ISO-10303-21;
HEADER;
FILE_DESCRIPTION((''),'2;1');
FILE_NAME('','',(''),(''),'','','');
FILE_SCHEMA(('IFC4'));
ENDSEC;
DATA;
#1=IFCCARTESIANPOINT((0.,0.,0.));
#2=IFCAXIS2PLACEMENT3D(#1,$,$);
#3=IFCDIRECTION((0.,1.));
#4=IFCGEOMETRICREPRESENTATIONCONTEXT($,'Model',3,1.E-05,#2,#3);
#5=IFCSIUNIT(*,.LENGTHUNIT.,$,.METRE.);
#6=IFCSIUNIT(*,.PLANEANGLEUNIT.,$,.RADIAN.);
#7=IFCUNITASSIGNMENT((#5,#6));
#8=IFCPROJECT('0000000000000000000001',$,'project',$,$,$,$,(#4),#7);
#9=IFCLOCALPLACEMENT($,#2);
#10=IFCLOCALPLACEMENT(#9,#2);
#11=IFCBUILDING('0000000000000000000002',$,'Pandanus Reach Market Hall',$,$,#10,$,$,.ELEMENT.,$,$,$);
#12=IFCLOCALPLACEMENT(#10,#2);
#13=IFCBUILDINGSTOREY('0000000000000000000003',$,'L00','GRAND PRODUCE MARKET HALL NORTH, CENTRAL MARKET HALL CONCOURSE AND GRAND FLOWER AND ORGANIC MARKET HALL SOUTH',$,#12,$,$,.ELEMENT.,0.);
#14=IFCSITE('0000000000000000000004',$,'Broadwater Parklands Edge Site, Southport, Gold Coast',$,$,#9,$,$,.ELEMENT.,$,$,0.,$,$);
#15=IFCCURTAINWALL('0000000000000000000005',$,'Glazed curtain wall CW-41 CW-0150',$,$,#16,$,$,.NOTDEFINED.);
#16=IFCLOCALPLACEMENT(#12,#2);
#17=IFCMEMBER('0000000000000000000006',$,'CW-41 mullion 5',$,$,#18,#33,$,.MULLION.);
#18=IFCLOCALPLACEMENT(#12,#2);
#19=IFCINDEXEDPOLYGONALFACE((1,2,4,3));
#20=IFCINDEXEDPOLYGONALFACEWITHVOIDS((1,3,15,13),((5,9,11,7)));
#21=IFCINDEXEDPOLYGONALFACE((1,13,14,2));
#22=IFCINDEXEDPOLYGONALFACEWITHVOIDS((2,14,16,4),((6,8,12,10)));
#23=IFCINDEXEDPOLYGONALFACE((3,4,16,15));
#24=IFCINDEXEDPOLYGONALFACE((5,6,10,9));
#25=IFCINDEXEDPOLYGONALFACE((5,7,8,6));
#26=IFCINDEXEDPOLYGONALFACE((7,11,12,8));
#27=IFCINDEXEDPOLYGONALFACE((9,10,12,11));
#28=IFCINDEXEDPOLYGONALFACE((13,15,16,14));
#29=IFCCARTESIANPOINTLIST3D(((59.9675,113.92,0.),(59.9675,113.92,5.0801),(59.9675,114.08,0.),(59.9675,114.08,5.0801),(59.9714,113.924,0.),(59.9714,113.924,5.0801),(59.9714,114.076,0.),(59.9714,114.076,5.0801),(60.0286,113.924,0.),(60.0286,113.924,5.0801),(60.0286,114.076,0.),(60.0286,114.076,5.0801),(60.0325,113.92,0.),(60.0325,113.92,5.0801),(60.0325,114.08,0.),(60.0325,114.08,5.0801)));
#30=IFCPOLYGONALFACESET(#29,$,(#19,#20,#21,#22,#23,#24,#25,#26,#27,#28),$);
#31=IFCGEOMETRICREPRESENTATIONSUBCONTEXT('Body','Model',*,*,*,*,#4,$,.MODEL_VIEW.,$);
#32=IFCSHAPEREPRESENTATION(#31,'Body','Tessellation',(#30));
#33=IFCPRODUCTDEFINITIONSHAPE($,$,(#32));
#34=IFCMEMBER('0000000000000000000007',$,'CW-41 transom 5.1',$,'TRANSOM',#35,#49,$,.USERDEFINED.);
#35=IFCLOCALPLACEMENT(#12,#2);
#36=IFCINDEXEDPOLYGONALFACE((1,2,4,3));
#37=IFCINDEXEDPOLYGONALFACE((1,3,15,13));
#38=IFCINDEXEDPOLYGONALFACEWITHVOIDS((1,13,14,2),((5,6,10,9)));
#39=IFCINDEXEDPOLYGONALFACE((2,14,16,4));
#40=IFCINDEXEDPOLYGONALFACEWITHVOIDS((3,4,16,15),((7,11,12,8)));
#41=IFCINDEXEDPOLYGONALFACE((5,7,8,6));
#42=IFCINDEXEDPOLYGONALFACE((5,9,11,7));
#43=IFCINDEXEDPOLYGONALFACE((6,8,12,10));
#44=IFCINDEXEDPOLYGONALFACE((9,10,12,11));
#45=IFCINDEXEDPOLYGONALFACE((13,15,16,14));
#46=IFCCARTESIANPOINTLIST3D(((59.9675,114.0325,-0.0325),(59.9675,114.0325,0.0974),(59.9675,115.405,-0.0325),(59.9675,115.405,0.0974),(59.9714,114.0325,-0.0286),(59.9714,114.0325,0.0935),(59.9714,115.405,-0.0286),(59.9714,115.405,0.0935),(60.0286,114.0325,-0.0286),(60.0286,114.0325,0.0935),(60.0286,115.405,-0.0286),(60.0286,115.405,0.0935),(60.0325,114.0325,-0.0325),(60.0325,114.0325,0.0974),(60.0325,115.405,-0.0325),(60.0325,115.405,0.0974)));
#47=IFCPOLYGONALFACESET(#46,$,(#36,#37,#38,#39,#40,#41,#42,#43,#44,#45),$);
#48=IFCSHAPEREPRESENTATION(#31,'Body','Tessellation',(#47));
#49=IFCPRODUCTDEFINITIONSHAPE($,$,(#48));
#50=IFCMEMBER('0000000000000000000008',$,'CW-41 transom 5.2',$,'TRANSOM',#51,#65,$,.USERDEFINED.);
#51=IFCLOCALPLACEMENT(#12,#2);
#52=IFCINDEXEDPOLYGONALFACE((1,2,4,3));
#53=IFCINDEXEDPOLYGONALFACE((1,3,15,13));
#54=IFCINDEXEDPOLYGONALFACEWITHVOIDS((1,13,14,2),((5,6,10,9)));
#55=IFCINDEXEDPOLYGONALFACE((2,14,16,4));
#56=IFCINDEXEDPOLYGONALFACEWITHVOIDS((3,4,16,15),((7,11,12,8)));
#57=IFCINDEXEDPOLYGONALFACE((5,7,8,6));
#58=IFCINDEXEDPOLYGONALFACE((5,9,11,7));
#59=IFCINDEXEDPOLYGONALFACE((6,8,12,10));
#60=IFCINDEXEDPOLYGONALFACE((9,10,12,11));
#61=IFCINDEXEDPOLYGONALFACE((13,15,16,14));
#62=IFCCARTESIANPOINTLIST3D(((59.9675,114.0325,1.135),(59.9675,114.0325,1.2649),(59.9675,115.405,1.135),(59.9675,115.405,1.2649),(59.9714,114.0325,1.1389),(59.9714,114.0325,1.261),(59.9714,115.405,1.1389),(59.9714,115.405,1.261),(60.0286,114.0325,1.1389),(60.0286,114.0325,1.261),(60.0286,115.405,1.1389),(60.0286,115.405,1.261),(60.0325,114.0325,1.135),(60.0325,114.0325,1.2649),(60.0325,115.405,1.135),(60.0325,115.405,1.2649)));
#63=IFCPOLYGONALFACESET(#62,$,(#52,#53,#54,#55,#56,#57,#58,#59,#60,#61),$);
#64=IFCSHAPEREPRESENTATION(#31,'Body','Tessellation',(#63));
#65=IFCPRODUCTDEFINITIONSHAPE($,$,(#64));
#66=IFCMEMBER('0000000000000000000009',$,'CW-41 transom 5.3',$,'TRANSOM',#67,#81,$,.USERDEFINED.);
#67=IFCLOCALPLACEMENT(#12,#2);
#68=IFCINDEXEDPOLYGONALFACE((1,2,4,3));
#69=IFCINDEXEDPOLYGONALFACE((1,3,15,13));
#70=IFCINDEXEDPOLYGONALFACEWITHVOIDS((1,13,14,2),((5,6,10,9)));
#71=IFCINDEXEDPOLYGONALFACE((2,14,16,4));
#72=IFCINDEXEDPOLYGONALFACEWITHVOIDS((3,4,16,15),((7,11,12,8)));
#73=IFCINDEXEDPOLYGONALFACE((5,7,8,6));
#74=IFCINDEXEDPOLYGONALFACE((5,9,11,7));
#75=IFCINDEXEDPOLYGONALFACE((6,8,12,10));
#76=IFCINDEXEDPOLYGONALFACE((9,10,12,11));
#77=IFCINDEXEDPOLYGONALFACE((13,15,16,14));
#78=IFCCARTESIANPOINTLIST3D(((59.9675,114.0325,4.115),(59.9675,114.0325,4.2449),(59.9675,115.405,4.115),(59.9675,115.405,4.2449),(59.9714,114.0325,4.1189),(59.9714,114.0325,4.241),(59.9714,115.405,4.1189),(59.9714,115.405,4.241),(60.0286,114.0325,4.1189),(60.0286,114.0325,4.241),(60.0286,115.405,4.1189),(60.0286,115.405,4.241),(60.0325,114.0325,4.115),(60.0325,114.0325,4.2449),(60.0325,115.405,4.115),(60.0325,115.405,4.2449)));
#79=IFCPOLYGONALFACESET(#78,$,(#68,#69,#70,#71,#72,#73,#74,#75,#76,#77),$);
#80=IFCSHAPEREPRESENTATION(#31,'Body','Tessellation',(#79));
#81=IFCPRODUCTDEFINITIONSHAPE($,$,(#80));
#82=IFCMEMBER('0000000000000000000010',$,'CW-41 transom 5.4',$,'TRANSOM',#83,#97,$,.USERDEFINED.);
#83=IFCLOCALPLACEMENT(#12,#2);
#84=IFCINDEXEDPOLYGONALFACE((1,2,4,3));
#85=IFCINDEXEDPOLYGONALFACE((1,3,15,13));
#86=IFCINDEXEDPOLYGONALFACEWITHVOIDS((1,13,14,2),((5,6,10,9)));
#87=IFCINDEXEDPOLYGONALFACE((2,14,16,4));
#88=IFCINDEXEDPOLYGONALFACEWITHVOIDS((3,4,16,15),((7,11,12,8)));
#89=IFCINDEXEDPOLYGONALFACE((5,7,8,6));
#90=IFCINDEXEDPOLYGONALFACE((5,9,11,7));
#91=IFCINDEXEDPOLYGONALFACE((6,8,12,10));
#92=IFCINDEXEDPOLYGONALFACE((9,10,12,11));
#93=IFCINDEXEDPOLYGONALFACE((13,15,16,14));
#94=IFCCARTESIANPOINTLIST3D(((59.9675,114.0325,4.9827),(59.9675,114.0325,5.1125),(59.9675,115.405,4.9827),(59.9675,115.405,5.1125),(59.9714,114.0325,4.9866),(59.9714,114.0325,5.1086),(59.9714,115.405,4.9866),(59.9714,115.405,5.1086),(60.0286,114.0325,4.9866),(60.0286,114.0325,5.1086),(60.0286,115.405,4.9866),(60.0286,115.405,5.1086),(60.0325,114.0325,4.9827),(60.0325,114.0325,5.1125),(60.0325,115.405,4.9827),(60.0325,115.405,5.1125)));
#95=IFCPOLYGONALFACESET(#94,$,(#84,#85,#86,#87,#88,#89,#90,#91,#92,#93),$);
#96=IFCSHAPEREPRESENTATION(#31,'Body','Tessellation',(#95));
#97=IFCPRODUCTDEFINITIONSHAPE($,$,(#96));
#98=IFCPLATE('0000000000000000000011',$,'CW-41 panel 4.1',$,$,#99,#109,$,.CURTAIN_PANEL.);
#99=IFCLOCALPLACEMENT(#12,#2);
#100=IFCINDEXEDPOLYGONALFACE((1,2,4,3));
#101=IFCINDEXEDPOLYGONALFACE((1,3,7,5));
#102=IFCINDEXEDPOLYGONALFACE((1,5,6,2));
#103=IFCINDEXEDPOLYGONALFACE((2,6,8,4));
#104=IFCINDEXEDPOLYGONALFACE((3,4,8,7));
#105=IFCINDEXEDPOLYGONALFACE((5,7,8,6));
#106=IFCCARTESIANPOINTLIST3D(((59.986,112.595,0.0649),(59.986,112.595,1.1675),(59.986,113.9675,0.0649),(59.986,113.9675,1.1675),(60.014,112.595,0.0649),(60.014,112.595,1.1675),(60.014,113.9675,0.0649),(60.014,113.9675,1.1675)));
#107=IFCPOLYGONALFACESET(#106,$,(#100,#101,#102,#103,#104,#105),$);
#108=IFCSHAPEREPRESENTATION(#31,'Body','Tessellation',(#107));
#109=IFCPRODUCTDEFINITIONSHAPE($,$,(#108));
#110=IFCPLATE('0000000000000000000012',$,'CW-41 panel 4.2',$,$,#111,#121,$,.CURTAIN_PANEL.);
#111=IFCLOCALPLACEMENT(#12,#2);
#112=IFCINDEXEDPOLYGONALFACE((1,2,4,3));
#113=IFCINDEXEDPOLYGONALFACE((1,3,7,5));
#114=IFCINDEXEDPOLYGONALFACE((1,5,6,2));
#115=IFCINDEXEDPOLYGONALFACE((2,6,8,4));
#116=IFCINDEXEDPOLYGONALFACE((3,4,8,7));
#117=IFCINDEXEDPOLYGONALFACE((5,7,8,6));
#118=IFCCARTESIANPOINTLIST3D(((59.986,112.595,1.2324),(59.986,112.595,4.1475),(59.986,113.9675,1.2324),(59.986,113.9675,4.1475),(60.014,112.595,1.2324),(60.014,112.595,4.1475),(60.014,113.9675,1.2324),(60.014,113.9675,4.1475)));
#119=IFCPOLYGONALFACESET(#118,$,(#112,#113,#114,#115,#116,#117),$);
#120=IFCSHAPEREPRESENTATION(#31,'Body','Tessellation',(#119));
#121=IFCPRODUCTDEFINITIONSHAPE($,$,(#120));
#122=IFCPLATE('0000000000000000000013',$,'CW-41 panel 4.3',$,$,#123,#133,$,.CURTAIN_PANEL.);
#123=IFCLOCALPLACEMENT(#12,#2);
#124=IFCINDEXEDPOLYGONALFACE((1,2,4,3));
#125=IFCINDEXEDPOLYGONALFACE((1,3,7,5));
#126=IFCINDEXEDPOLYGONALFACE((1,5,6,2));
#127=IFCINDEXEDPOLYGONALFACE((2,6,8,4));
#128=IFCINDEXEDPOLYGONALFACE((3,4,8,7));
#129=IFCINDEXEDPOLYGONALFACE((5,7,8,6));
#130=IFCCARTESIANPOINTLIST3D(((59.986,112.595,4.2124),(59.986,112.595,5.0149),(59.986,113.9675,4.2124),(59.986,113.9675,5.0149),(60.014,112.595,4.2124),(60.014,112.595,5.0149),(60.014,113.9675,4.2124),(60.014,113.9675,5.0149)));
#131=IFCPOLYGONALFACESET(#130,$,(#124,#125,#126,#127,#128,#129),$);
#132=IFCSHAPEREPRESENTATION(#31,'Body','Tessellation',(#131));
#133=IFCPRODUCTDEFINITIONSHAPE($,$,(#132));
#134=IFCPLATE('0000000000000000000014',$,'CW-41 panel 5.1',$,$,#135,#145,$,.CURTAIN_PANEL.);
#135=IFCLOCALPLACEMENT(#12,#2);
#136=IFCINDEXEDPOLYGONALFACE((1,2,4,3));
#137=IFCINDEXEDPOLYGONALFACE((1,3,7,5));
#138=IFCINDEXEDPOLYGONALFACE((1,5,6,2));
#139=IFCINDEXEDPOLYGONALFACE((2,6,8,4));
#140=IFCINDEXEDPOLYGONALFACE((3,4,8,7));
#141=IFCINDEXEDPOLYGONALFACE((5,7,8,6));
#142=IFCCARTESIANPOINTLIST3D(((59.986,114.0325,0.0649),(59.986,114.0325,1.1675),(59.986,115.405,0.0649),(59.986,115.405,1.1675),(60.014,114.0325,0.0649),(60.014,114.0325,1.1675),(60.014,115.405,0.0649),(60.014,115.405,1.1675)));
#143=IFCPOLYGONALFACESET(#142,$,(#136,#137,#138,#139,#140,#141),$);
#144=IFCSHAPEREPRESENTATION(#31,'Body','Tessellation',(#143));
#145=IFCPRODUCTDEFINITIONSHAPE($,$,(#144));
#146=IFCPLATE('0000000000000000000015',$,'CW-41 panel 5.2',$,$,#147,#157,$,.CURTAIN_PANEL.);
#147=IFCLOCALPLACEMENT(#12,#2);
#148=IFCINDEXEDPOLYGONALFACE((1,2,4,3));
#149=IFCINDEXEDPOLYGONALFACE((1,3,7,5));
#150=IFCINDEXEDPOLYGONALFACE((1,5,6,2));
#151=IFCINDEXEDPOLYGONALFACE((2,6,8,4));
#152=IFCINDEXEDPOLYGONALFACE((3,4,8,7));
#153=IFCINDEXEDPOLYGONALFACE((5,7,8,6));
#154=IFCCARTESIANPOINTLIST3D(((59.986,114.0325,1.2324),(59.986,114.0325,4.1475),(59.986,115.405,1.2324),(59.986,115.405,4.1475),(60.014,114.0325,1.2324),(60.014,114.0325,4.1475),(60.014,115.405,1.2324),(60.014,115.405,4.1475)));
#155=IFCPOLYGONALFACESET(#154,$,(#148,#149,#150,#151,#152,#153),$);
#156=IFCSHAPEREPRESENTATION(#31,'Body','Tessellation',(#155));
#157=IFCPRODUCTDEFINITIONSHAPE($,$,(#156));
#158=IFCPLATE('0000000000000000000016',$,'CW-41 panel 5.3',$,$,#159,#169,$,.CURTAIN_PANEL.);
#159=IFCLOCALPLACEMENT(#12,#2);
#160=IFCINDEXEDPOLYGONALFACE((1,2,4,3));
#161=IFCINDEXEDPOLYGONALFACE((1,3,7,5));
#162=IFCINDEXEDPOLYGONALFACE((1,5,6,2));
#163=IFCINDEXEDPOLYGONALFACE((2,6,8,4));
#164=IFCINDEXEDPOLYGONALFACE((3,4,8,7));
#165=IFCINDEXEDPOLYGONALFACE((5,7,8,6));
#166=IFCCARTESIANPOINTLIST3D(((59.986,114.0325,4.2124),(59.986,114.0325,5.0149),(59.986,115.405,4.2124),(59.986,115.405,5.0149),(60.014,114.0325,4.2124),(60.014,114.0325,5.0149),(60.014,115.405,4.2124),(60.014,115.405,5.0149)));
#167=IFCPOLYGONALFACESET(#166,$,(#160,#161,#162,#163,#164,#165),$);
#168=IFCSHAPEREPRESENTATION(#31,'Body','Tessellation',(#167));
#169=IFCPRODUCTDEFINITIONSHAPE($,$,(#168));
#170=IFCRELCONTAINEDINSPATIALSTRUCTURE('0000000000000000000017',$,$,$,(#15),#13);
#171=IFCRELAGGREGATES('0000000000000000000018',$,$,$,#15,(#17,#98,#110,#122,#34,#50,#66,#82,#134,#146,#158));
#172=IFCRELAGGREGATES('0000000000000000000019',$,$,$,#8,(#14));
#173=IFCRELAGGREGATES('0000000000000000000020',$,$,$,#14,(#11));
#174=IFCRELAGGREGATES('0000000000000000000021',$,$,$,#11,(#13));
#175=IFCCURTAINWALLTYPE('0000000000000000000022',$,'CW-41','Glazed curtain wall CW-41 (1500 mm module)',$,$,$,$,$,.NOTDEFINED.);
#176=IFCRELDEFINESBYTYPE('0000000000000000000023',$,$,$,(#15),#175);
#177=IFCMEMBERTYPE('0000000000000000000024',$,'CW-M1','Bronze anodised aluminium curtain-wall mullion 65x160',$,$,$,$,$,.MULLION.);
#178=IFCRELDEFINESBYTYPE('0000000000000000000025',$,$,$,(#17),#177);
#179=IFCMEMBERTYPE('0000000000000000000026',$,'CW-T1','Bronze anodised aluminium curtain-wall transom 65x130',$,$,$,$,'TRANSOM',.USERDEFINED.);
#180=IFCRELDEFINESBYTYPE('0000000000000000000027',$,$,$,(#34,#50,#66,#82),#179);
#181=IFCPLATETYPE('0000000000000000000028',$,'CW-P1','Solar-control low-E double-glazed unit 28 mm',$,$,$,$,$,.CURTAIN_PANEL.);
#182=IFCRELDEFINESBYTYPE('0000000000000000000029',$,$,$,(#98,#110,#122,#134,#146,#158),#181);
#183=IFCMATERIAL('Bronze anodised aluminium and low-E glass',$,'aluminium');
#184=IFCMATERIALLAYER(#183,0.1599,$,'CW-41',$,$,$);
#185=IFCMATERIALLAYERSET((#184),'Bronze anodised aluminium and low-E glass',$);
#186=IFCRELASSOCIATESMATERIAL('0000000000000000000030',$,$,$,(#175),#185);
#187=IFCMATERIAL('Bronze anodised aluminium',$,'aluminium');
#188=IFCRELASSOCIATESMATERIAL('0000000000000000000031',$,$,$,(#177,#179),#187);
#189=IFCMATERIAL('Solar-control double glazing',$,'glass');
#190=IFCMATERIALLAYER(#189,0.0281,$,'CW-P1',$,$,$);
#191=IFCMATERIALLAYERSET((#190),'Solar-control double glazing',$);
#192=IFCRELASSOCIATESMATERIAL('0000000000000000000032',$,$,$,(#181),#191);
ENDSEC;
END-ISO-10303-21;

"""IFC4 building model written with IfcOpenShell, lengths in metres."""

from ifc_helpers import new_model, si_unit, direction, frame, origin, origin_2d, place, context, subcontext, project, spatial, rectangle, hollow_rectangle, extrude, material, layer, layer_set, material_profile, profile_set, type_object, element, aggregate, save


model = new_model("IFC4")

# Units and contexts
model_context = context("Model", 3, precision=1e-05, world=origin(), true_north=direction((0.0, 1.0)))
body_context = subcontext(model_context, "Body", "Model", "MODEL_VIEW")
ifc_project = project(units=[si_unit("LENGTHUNIT", "METRE"), si_unit("PLANEANGLEUNIT", "RADIAN")], contexts=[model_context])

# Site, building, storey
site_placement = place(None, origin())
site = spatial("IfcSite", under=ifc_project, at=site_placement, Name="Broadwater Parklands Edge Site, Southport, Gold Coast", CompositionType="ELEMENT", RefElevation=0.0)
building_placement = place(site_placement, origin())
building = spatial("IfcBuilding", under=site, at=building_placement, Name="Pandanus Reach Market Hall", CompositionType="ELEMENT")
storey_placement = place(building_placement, origin())
storey = spatial("IfcBuildingStorey", under=building, at=storey_placement, Name="L00", Description="GRAND PRODUCE MARKET HALL NORTH, CENTRAL MARKET HALL CONCOURSE AND GRAND FLOWER AND ORGANIC MARKET HALL SOUTH", CompositionType="ELEMENT", Elevation=0.0)

# Curtain wall, members, plates
ifc_material_1 = material(Name="Bronze anodised aluminium and low-E glass", Category="aluminium")
ifc_layer_1 = layer(ifc_material_1, 0.1599, Name="CW-41")
ifc_layer_set_1 = layer_set([ifc_layer_1], Name="Bronze anodised aluminium and low-E glass")
curtain_wall_type = type_object("IfcCurtainWallType", Name="CW-41", Description="Glazed curtain wall CW-41 (1500 mm module)", PredefinedType="NOTDEFINED", material=ifc_layer_set_1)
curtain_wall_placement = place(storey_placement, origin())
curtain_wall = element("IfcCurtainWall", 1, at=curtain_wall_placement, inside=storey, type_object=curtain_wall_type, Name="Glazed curtain wall CW-41 CW-0150", PredefinedType="NOTDEFINED")
ifc_material_2 = material(Name="Bronze anodised aluminium", Category="aluminium")
ifc_material_profile_1 = material_profile(ifc_material_2, hollow_rectangle(XDim=0.0649, YDim=0.1599, WallThickness=0.0039, at=origin_2d()), Name="ALU65x160", Category="LoadBearing")
ifc_profile_set_1 = profile_set([ifc_material_profile_1], Name="Bronze anodised aluminium")
member_type_1 = type_object("IfcMemberType", Name="CW-M1", Description="Bronze anodised aluminium curtain-wall mullion 65x160", PredefinedType="MULLION", material=ifc_profile_set_1)
member_1_placement = place(storey_placement, frame((60.0, 114.0, 0.0), z_axis=(0.0, 0.0, 1.0), x_axis=(-1.0, 0.0, 0.0)))
member_1 = element("IfcMember", 2, at=member_1_placement, type_object=member_type_1, Name="CW-41 mullion 5", PredefinedType="MULLION", context=body_context, shape_type="SweptSolid", body=[
    extrude(hollow_rectangle(XDim=0.0649, YDim=0.1599, WallThickness=0.0039, at=origin_2d()), origin(), (0.0, 0.0, 1.0), 5.0801),
])
ifc_material_profile_2 = material_profile(ifc_material_2, hollow_rectangle(XDim=0.0649, YDim=0.1299, WallThickness=0.0039, at=origin_2d()), Name="ALU65x130", Category="LoadBearing")
ifc_profile_set_2 = profile_set([ifc_material_profile_2], Name="Bronze anodised aluminium")
member_type_2 = type_object("IfcMemberType", Name="CW-T1", Description="Bronze anodised aluminium curtain-wall transom 65x130", ElementType="TRANSOM", PredefinedType="USERDEFINED", material=ifc_profile_set_2)
member_2_placement = place(storey_placement, frame((60.0, 114.0325, 0.0325), z_axis=(0.0, 1.0, 0.0), x_axis=(-1.0, 0.0, 0.0)))
member_2 = element("IfcMember", 3, at=member_2_placement, type_object=member_type_2, Name="CW-41 transom 5.1", ObjectType="TRANSOM", PredefinedType="USERDEFINED", context=body_context, shape_type="SweptSolid", body=[
    extrude(hollow_rectangle(XDim=0.0649, YDim=0.1299, WallThickness=0.0039, at=origin_2d()), origin(), (0.0, 0.0, 1.0), 1.3726),
])
member_3_placement = place(storey_placement, frame((60.0, 114.0325, 1.2), z_axis=(0.0, 1.0, 0.0), x_axis=(-1.0, 0.0, 0.0)))
member_3 = element("IfcMember", 4, at=member_3_placement, type_object=member_type_2, Name="CW-41 transom 5.2", ObjectType="TRANSOM", PredefinedType="USERDEFINED", context=body_context, shape_type="SweptSolid", body=[
    extrude(hollow_rectangle(XDim=0.0649, YDim=0.1299, WallThickness=0.0039, at=origin_2d()), origin(), (0.0, 0.0, 1.0), 1.3726),
])
member_4_placement = place(storey_placement, frame((60.0, 114.0325, 4.1799), z_axis=(0.0, 1.0, 0.0), x_axis=(-1.0, 0.0, 0.0)))
member_4 = element("IfcMember", 5, at=member_4_placement, type_object=member_type_2, Name="CW-41 transom 5.3", ObjectType="TRANSOM", PredefinedType="USERDEFINED", context=body_context, shape_type="SweptSolid", body=[
    extrude(hollow_rectangle(XDim=0.0649, YDim=0.1299, WallThickness=0.0039, at=origin_2d()), origin(), (0.0, 0.0, 1.0), 1.3726),
])
member_5_placement = place(storey_placement, frame((60.0, 114.0325, 5.0476), z_axis=(0.0, 1.0, 0.0), x_axis=(-1.0, 0.0, 0.0)))
member_5 = element("IfcMember", 6, at=member_5_placement, type_object=member_type_2, Name="CW-41 transom 5.4", ObjectType="TRANSOM", PredefinedType="USERDEFINED", context=body_context, shape_type="SweptSolid", body=[
    extrude(hollow_rectangle(XDim=0.0649, YDim=0.1299, WallThickness=0.0039, at=origin_2d()), origin(), (0.0, 0.0, 1.0), 1.3726),
])
ifc_material_3 = material(Name="Solar-control double glazing", Category="glass")
ifc_layer_2 = layer(ifc_material_3, 0.0281, Name="CW-P1")
ifc_layer_set_2 = layer_set([ifc_layer_2], Name="Solar-control double glazing")
plate_type = type_object("IfcPlateType", Name="CW-P1", Description="Solar-control low-E double-glazed unit 28 mm", PredefinedType="CURTAIN_PANEL", material=ifc_layer_set_2)
plate_1_placement = place(storey_placement, frame((60.0, 113.2812, 0.0649), z_axis=(0.0, 0.0, 1.0), x_axis=(0.0, 1.0, 0.0)))
plate_1 = element("IfcPlate", 7, at=plate_1_placement, type_object=plate_type, Name="CW-41 panel 4.1", PredefinedType="CURTAIN_PANEL", context=body_context, shape_type="SweptSolid", body=[
    extrude(rectangle(XDim=1.3726, YDim=0.0281, at=origin_2d()), origin(), (0.0, 0.0, 1.0), 1.1025),
])
plate_2_placement = place(storey_placement, frame((60.0, 113.2812, 1.2324), z_axis=(0.0, 0.0, 1.0), x_axis=(0.0, 1.0, 0.0)))
plate_2 = element("IfcPlate", 8, at=plate_2_placement, type_object=plate_type, Name="CW-41 panel 4.2", PredefinedType="CURTAIN_PANEL", context=body_context, shape_type="SweptSolid", body=[
    extrude(rectangle(XDim=1.3726, YDim=0.0281, at=origin_2d()), origin(), (0.0, 0.0, 1.0), 2.915),
])
plate_3_placement = place(storey_placement, frame((60.0, 113.2812, 4.2124), z_axis=(0.0, 0.0, 1.0), x_axis=(0.0, 1.0, 0.0)))
plate_3 = element("IfcPlate", 9, at=plate_3_placement, type_object=plate_type, Name="CW-41 panel 4.3", PredefinedType="CURTAIN_PANEL", context=body_context, shape_type="SweptSolid", body=[
    extrude(rectangle(XDim=1.3726, YDim=0.0281, at=origin_2d()), origin(), (0.0, 0.0, 1.0), 0.8025),
])
plate_4_placement = place(storey_placement, frame((60.0, 114.7188, 0.0649), z_axis=(0.0, 0.0, 1.0), x_axis=(0.0, 1.0, 0.0)))
plate_4 = element("IfcPlate", 10, at=plate_4_placement, type_object=plate_type, Name="CW-41 panel 5.1", PredefinedType="CURTAIN_PANEL", context=body_context, shape_type="SweptSolid", body=[
    extrude(rectangle(XDim=1.3726, YDim=0.0281, at=origin_2d()), origin(), (0.0, 0.0, 1.0), 1.1025),
])
plate_5_placement = place(storey_placement, frame((60.0, 114.7188, 1.2324), z_axis=(0.0, 0.0, 1.0), x_axis=(0.0, 1.0, 0.0)))
plate_5 = element("IfcPlate", 11, at=plate_5_placement, type_object=plate_type, Name="CW-41 panel 5.2", PredefinedType="CURTAIN_PANEL", context=body_context, shape_type="SweptSolid", body=[
    extrude(rectangle(XDim=1.3726, YDim=0.0281, at=origin_2d()), origin(), (0.0, 0.0, 1.0), 2.915),
])
plate_6_placement = place(storey_placement, frame((60.0, 114.7188, 4.2124), z_axis=(0.0, 0.0, 1.0), x_axis=(0.0, 1.0, 0.0)))
plate_6 = element("IfcPlate", 12, at=plate_6_placement, type_object=plate_type, Name="CW-41 panel 5.3", PredefinedType="CURTAIN_PANEL", context=body_context, shape_type="SweptSolid", body=[
    extrude(rectangle(XDim=1.3726, YDim=0.0281, at=origin_2d()), origin(), (0.0, 0.0, 1.0), 0.8025),
])
aggregate(curtain_wall, [member_1, plate_1, plate_2, plate_3, member_2, member_3, member_4, member_5, plate_4, plate_5, plate_6])

save(model, "model.ifc")
